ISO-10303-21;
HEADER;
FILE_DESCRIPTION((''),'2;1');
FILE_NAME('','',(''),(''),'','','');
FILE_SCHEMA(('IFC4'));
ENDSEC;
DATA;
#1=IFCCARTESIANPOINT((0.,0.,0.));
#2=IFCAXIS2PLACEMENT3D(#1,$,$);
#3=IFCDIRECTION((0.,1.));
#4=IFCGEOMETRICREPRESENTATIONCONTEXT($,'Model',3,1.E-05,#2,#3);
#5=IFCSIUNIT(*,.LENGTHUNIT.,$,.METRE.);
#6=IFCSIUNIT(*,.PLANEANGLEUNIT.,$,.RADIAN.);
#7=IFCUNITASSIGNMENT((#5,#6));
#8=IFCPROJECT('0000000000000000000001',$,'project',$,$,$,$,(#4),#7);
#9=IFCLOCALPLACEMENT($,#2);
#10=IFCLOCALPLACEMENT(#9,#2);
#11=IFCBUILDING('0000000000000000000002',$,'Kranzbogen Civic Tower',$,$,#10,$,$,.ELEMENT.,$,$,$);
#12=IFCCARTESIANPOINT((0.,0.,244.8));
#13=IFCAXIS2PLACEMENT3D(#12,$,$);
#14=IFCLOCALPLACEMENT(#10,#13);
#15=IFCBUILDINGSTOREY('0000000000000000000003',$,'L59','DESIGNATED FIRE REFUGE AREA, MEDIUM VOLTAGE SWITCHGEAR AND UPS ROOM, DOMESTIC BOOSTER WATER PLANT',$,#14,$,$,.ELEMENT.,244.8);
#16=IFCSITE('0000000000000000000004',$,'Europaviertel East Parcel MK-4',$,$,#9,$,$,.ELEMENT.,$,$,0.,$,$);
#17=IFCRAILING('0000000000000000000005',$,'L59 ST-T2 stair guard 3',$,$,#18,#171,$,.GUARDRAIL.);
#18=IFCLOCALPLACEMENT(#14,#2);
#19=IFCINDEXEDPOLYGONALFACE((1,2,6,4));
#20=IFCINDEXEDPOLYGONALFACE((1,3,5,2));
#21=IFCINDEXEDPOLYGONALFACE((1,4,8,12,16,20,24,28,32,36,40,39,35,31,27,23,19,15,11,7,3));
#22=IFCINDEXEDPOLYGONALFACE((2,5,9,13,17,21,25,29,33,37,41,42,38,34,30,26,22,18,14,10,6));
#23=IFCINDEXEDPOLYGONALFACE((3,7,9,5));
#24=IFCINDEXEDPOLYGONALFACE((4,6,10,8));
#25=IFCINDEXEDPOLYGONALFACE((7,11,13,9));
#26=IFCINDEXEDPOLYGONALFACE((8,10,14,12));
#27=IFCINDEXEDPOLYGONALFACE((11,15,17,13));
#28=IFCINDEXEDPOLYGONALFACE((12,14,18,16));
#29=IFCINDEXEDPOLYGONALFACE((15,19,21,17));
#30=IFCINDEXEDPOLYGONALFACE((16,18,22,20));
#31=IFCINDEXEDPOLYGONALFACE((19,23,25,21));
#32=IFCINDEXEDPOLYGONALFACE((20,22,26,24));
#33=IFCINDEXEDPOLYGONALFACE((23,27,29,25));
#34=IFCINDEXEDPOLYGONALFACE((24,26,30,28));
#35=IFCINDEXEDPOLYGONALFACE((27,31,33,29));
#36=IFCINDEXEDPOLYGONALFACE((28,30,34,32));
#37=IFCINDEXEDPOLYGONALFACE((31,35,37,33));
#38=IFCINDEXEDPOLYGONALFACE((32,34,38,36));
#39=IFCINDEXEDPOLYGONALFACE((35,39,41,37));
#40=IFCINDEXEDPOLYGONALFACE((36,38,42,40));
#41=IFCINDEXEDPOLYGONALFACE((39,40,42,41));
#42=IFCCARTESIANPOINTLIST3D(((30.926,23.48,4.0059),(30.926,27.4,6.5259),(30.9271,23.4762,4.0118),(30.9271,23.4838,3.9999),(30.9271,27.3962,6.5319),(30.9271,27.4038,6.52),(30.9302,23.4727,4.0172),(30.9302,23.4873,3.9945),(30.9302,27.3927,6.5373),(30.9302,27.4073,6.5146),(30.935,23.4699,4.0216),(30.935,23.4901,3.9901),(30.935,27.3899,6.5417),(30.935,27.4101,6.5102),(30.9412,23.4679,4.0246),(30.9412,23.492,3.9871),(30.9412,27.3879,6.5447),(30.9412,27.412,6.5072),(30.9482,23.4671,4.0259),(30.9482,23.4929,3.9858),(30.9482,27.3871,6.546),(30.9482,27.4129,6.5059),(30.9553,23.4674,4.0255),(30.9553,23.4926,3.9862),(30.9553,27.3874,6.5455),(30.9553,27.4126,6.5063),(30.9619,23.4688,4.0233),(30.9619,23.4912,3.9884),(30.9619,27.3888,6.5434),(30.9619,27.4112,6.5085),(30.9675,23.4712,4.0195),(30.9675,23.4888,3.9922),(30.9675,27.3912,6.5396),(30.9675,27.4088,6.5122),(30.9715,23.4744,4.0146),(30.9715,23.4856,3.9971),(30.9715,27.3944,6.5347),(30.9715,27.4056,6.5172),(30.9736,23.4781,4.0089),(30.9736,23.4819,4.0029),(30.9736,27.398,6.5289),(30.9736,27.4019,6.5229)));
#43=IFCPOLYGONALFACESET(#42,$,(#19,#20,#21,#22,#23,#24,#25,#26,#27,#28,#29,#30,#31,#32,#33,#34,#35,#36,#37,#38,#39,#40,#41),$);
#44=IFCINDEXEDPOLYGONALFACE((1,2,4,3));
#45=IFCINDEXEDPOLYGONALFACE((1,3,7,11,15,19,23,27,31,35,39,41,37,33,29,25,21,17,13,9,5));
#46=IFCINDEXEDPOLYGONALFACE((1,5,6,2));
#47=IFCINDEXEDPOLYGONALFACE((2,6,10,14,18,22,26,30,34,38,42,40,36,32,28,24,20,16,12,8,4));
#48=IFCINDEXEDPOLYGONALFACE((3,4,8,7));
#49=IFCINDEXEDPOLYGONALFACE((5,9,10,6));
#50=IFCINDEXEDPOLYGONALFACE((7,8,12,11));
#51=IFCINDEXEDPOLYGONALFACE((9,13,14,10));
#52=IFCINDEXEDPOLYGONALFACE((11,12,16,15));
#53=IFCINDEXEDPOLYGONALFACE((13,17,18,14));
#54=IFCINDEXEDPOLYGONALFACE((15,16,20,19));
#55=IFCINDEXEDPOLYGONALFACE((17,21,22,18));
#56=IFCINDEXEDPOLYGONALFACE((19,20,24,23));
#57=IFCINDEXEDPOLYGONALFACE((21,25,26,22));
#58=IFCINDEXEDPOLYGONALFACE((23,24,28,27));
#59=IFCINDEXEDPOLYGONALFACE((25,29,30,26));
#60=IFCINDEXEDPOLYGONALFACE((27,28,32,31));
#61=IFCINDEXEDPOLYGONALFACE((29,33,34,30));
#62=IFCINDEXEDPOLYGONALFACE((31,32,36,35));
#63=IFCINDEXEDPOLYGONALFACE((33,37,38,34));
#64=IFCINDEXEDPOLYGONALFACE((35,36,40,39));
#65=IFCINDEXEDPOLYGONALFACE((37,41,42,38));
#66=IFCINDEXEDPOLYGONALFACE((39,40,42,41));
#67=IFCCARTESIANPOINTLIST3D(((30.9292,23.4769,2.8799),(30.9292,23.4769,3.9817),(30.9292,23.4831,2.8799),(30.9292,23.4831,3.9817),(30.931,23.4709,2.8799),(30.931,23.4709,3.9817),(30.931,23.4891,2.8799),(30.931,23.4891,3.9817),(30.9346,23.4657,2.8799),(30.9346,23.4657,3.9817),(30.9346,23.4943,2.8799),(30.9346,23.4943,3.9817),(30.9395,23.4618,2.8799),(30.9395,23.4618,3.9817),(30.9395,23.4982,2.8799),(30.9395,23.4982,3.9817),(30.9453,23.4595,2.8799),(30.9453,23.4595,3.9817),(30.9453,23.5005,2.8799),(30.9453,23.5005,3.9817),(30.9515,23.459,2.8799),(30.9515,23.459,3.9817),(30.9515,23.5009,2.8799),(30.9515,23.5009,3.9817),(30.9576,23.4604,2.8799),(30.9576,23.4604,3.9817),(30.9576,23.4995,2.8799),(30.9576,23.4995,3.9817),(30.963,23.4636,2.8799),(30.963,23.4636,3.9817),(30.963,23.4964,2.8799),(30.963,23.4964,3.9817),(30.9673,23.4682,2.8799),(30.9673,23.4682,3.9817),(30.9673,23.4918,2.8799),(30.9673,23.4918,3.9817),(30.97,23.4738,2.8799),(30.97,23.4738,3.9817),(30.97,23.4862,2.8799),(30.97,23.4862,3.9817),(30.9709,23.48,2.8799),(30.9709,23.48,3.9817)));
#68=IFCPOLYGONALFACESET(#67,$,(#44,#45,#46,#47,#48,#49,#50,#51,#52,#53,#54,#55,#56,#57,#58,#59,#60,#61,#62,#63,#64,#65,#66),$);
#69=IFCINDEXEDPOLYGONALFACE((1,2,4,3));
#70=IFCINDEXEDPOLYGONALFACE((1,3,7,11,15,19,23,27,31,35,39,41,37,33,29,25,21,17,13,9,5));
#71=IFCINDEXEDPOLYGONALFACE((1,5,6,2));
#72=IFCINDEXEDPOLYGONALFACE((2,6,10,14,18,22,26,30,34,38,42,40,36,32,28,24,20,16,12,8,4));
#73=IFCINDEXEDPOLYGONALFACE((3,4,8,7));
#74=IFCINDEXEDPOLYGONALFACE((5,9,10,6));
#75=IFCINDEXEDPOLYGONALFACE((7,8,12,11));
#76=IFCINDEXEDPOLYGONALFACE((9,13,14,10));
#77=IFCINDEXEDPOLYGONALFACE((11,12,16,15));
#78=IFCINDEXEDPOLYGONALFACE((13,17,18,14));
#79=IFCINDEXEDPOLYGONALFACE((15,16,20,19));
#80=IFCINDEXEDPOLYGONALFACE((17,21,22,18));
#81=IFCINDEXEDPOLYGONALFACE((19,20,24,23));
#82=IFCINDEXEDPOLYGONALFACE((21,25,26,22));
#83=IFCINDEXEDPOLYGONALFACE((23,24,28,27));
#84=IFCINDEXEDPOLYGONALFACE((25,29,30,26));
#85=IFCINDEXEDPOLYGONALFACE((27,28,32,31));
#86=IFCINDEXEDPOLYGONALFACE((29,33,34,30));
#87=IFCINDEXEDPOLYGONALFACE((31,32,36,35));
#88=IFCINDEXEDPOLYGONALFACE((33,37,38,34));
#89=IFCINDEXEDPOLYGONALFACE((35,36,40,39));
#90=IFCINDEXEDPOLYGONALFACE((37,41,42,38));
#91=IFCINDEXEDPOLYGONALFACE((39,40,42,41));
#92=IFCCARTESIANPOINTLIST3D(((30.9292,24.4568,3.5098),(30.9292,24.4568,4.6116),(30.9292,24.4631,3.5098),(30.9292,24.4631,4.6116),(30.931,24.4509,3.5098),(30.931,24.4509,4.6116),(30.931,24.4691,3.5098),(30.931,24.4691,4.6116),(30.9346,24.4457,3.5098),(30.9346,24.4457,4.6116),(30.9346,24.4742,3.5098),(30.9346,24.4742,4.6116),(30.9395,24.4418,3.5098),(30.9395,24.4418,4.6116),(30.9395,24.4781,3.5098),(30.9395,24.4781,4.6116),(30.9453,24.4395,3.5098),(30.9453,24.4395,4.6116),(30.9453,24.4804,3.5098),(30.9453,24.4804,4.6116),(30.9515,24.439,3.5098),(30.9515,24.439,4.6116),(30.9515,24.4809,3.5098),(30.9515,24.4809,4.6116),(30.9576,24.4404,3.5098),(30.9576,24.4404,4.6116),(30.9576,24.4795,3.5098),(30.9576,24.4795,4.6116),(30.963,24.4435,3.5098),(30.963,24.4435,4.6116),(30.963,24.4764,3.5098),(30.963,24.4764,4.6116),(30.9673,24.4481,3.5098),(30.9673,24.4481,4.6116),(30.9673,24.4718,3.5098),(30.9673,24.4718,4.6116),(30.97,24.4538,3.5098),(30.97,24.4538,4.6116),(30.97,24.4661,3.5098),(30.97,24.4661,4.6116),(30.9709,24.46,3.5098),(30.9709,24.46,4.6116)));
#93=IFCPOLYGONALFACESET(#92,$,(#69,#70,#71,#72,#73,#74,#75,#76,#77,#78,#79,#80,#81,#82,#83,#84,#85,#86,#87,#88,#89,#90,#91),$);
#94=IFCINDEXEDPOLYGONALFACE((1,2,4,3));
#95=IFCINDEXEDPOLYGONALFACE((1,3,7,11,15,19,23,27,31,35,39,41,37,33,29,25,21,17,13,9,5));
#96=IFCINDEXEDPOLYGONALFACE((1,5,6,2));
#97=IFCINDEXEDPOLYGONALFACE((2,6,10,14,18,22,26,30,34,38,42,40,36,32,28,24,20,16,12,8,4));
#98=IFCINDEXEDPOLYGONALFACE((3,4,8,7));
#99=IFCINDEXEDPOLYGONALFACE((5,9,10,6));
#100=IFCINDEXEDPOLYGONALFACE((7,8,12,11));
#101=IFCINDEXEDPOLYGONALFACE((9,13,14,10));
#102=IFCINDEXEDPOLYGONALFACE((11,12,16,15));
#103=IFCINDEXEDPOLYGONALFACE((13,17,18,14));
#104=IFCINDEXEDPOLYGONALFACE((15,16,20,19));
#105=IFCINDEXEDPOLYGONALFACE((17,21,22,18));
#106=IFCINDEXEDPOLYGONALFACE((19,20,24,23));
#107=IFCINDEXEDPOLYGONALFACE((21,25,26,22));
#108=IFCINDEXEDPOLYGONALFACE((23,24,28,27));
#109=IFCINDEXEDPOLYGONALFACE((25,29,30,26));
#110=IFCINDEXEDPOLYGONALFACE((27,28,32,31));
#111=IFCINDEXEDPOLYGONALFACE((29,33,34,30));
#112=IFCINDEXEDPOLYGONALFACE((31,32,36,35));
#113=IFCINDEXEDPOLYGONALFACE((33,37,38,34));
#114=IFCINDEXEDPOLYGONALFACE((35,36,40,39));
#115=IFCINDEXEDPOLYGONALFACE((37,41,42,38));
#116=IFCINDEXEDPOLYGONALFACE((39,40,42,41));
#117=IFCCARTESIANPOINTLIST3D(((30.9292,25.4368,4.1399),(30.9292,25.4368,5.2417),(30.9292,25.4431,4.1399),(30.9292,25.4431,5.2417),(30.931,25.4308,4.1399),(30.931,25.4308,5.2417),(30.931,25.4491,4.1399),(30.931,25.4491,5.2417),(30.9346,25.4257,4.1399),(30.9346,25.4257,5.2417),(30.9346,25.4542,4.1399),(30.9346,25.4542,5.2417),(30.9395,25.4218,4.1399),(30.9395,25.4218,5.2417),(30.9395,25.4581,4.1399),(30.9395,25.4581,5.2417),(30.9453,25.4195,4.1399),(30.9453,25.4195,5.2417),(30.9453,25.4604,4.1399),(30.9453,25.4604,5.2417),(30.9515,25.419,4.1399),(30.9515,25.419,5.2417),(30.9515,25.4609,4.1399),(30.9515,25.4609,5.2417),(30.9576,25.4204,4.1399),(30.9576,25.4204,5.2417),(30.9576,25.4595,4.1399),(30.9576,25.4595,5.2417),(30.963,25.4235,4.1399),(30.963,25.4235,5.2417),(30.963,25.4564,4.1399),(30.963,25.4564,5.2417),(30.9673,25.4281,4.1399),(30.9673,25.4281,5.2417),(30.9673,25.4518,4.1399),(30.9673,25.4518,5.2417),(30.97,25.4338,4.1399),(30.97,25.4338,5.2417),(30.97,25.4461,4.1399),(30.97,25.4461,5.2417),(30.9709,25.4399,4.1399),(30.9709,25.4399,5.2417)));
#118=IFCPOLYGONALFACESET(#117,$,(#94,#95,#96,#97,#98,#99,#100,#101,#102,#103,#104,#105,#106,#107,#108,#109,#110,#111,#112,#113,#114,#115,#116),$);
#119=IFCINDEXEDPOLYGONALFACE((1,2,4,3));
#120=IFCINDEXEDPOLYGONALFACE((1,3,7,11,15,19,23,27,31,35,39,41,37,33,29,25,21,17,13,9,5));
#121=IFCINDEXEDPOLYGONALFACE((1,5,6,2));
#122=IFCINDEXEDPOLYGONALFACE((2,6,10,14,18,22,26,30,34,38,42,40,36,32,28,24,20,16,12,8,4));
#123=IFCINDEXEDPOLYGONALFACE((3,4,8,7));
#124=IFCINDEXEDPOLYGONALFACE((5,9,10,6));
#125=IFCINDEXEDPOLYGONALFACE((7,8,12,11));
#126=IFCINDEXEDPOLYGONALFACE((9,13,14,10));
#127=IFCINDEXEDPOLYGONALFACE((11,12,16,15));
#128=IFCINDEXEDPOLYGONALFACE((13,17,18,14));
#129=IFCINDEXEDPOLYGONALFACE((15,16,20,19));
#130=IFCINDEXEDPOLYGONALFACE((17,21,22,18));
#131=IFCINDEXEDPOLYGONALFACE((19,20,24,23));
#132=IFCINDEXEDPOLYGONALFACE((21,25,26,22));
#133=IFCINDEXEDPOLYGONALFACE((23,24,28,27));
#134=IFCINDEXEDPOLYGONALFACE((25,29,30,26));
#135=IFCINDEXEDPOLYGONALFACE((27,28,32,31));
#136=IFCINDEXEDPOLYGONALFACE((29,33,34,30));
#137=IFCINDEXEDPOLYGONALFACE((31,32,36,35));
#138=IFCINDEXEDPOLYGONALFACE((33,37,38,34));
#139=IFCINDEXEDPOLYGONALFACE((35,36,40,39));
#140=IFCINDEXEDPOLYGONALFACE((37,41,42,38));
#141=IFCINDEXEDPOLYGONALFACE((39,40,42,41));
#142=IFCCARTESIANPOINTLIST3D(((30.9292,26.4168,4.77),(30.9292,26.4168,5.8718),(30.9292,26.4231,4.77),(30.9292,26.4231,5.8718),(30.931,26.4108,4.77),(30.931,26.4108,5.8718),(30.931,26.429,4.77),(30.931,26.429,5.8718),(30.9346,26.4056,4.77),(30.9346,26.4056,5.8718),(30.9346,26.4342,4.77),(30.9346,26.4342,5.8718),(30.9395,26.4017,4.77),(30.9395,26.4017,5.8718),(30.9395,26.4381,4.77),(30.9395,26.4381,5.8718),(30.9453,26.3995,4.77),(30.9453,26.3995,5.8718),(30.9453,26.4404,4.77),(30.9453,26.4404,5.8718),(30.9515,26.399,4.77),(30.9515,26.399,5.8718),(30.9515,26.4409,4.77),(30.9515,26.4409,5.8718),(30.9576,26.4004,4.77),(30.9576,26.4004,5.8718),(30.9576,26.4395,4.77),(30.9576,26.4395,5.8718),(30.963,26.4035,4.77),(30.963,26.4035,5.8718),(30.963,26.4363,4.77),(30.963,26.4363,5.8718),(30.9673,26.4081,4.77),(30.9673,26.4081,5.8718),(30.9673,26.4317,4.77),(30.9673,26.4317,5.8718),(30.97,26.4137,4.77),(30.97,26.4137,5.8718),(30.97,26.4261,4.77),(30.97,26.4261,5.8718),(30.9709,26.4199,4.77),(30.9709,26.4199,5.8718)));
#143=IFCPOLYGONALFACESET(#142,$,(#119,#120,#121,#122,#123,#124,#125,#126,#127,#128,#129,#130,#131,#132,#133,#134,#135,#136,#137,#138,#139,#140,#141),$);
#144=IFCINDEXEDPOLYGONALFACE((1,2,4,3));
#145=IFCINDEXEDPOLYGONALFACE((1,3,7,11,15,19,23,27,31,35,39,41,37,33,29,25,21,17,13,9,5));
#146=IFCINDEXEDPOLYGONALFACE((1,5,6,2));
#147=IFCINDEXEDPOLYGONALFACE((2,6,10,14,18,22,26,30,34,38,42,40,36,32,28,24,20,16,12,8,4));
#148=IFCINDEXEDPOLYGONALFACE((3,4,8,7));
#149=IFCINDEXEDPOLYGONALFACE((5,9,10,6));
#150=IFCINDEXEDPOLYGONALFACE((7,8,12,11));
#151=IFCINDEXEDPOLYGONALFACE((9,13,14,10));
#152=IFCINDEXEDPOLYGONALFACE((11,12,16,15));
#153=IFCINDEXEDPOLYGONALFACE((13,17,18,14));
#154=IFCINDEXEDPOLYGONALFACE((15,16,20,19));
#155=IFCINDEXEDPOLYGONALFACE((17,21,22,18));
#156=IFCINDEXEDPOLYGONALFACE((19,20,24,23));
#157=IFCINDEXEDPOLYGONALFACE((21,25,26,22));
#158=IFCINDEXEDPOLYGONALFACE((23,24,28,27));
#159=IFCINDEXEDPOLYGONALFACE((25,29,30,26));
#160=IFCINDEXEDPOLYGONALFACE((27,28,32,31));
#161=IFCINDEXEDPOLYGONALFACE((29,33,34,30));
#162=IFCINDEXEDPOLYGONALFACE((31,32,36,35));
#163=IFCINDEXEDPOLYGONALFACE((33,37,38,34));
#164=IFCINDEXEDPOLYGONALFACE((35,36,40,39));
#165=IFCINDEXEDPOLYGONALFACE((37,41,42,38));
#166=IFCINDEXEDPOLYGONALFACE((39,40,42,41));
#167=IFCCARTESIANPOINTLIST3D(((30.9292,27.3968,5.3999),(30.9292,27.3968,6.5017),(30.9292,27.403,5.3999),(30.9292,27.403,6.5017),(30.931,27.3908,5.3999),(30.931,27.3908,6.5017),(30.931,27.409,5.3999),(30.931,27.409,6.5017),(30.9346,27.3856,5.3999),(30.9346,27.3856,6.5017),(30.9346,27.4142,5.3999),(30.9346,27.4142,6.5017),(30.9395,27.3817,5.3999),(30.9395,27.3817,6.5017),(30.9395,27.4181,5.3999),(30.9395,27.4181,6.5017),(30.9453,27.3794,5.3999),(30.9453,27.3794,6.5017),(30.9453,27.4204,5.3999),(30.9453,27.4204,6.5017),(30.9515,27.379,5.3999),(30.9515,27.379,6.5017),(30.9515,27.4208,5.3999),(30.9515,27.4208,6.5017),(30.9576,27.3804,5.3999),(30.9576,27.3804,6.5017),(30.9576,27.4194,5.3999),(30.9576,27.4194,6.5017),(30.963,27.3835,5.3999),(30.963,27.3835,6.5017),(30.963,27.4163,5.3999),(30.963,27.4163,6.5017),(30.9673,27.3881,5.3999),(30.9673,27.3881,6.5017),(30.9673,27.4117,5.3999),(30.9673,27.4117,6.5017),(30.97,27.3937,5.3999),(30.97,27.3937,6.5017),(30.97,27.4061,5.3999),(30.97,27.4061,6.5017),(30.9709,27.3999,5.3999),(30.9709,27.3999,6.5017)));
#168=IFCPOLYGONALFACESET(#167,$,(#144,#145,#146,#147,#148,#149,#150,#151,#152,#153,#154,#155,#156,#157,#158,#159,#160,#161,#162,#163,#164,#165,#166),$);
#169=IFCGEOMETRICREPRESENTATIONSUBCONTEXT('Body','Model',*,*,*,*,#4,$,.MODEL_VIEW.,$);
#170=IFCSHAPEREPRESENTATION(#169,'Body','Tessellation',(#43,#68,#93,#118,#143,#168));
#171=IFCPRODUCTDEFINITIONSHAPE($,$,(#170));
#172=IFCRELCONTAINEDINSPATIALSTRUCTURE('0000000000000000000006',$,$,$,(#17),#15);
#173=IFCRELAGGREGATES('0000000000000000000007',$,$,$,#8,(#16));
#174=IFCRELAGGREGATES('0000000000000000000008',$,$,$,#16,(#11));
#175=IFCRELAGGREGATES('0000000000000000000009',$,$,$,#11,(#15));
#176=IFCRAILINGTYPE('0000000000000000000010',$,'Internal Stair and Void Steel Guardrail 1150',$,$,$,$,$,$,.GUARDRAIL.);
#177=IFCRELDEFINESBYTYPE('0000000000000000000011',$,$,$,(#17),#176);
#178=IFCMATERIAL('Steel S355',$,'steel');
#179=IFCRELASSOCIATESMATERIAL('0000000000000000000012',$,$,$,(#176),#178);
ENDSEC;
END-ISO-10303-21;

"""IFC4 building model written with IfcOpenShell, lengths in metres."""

from ifc_helpers import new_model, si_unit, direction, frame, origin, origin_2d, place, context, subcontext, project, spatial, circle, extrude, material, type_object, element, save


model = new_model("IFC4")

# Units and contexts
model_context = context("Model", 3, precision=1e-05, world=origin(), true_north=direction((0.0, 1.0)))
body_context = subcontext(model_context, "Body", "Model", "MODEL_VIEW")
ifc_project = project(units=[si_unit("LENGTHUNIT", "METRE"), si_unit("PLANEANGLEUNIT", "RADIAN")], contexts=[model_context])

# Site, building, storey
site_placement = place(None, origin())
site = spatial("IfcSite", under=ifc_project, at=site_placement, Name="Europaviertel East Parcel MK-4", CompositionType="ELEMENT", RefElevation=0.0)
building_placement = place(site_placement, origin())
building = spatial("IfcBuilding", under=site, at=building_placement, Name="Kranzbogen Civic Tower", CompositionType="ELEMENT")
storey_placement = place(building_placement, frame((0.0, 0.0, 244.8)))
storey = spatial("IfcBuildingStorey", under=building, at=storey_placement, Name="L59", Description="DESIGNATED FIRE REFUGE AREA, MEDIUM VOLTAGE SWITCHGEAR AND UPS ROOM, DOMESTIC BOOSTER WATER PLANT", CompositionType="ELEMENT", Elevation=244.8)

# Shared definitions
ifc_material_1 = material(Name="Steel S355", Category="steel")

# Railing
railing_type_1 = type_object("IfcRailingType", Name="Internal Stair and Void Steel Guardrail 1150", PredefinedType="GUARDRAIL", material=ifc_material_1)
railing_1_placement = place(storey_placement, frame((30.95, 23.48, 2.8799)))
element("IfcRailing", 1, at=railing_1_placement, inside=storey, type_object=railing_type_1, Name="L59 ST-T2 stair guard 3", PredefinedType="GUARDRAIL", context=body_context, shape_type="SweptSolid", body=[
    extrude(circle(Radius=0.0239, at=origin_2d()), frame((0.0, 0.0, 1.126), z_axis=(0.0, 0.841172, 0.540768), x_axis=(-1.0, 0.0, 0.0)), (0.0, 0.0, 1.0), 4.6602),
    extrude(circle(Radius=0.021, at=origin_2d()), origin(), (0.0, 0.0, 1.0), 1.1018),
    extrude(circle(Radius=0.021, at=origin_2d()), frame((0.0, 0.98, 0.6299)), (0.0, 0.0, 1.0), 1.1018),
    extrude(circle(Radius=0.021, at=origin_2d()), frame((0.0, 1.96, 1.26)), (0.0, 0.0, 1.0), 1.1018),
    extrude(circle(Radius=0.021, at=origin_2d()), frame((0.0, 2.9399, 1.8901)), (0.0, 0.0, 1.0), 1.1018),
    extrude(circle(Radius=0.021, at=origin_2d()), frame((0.0, 3.9199, 2.52)), (0.0, 0.0, 1.0), 1.1018),
])

save(model, "model.ifc")
